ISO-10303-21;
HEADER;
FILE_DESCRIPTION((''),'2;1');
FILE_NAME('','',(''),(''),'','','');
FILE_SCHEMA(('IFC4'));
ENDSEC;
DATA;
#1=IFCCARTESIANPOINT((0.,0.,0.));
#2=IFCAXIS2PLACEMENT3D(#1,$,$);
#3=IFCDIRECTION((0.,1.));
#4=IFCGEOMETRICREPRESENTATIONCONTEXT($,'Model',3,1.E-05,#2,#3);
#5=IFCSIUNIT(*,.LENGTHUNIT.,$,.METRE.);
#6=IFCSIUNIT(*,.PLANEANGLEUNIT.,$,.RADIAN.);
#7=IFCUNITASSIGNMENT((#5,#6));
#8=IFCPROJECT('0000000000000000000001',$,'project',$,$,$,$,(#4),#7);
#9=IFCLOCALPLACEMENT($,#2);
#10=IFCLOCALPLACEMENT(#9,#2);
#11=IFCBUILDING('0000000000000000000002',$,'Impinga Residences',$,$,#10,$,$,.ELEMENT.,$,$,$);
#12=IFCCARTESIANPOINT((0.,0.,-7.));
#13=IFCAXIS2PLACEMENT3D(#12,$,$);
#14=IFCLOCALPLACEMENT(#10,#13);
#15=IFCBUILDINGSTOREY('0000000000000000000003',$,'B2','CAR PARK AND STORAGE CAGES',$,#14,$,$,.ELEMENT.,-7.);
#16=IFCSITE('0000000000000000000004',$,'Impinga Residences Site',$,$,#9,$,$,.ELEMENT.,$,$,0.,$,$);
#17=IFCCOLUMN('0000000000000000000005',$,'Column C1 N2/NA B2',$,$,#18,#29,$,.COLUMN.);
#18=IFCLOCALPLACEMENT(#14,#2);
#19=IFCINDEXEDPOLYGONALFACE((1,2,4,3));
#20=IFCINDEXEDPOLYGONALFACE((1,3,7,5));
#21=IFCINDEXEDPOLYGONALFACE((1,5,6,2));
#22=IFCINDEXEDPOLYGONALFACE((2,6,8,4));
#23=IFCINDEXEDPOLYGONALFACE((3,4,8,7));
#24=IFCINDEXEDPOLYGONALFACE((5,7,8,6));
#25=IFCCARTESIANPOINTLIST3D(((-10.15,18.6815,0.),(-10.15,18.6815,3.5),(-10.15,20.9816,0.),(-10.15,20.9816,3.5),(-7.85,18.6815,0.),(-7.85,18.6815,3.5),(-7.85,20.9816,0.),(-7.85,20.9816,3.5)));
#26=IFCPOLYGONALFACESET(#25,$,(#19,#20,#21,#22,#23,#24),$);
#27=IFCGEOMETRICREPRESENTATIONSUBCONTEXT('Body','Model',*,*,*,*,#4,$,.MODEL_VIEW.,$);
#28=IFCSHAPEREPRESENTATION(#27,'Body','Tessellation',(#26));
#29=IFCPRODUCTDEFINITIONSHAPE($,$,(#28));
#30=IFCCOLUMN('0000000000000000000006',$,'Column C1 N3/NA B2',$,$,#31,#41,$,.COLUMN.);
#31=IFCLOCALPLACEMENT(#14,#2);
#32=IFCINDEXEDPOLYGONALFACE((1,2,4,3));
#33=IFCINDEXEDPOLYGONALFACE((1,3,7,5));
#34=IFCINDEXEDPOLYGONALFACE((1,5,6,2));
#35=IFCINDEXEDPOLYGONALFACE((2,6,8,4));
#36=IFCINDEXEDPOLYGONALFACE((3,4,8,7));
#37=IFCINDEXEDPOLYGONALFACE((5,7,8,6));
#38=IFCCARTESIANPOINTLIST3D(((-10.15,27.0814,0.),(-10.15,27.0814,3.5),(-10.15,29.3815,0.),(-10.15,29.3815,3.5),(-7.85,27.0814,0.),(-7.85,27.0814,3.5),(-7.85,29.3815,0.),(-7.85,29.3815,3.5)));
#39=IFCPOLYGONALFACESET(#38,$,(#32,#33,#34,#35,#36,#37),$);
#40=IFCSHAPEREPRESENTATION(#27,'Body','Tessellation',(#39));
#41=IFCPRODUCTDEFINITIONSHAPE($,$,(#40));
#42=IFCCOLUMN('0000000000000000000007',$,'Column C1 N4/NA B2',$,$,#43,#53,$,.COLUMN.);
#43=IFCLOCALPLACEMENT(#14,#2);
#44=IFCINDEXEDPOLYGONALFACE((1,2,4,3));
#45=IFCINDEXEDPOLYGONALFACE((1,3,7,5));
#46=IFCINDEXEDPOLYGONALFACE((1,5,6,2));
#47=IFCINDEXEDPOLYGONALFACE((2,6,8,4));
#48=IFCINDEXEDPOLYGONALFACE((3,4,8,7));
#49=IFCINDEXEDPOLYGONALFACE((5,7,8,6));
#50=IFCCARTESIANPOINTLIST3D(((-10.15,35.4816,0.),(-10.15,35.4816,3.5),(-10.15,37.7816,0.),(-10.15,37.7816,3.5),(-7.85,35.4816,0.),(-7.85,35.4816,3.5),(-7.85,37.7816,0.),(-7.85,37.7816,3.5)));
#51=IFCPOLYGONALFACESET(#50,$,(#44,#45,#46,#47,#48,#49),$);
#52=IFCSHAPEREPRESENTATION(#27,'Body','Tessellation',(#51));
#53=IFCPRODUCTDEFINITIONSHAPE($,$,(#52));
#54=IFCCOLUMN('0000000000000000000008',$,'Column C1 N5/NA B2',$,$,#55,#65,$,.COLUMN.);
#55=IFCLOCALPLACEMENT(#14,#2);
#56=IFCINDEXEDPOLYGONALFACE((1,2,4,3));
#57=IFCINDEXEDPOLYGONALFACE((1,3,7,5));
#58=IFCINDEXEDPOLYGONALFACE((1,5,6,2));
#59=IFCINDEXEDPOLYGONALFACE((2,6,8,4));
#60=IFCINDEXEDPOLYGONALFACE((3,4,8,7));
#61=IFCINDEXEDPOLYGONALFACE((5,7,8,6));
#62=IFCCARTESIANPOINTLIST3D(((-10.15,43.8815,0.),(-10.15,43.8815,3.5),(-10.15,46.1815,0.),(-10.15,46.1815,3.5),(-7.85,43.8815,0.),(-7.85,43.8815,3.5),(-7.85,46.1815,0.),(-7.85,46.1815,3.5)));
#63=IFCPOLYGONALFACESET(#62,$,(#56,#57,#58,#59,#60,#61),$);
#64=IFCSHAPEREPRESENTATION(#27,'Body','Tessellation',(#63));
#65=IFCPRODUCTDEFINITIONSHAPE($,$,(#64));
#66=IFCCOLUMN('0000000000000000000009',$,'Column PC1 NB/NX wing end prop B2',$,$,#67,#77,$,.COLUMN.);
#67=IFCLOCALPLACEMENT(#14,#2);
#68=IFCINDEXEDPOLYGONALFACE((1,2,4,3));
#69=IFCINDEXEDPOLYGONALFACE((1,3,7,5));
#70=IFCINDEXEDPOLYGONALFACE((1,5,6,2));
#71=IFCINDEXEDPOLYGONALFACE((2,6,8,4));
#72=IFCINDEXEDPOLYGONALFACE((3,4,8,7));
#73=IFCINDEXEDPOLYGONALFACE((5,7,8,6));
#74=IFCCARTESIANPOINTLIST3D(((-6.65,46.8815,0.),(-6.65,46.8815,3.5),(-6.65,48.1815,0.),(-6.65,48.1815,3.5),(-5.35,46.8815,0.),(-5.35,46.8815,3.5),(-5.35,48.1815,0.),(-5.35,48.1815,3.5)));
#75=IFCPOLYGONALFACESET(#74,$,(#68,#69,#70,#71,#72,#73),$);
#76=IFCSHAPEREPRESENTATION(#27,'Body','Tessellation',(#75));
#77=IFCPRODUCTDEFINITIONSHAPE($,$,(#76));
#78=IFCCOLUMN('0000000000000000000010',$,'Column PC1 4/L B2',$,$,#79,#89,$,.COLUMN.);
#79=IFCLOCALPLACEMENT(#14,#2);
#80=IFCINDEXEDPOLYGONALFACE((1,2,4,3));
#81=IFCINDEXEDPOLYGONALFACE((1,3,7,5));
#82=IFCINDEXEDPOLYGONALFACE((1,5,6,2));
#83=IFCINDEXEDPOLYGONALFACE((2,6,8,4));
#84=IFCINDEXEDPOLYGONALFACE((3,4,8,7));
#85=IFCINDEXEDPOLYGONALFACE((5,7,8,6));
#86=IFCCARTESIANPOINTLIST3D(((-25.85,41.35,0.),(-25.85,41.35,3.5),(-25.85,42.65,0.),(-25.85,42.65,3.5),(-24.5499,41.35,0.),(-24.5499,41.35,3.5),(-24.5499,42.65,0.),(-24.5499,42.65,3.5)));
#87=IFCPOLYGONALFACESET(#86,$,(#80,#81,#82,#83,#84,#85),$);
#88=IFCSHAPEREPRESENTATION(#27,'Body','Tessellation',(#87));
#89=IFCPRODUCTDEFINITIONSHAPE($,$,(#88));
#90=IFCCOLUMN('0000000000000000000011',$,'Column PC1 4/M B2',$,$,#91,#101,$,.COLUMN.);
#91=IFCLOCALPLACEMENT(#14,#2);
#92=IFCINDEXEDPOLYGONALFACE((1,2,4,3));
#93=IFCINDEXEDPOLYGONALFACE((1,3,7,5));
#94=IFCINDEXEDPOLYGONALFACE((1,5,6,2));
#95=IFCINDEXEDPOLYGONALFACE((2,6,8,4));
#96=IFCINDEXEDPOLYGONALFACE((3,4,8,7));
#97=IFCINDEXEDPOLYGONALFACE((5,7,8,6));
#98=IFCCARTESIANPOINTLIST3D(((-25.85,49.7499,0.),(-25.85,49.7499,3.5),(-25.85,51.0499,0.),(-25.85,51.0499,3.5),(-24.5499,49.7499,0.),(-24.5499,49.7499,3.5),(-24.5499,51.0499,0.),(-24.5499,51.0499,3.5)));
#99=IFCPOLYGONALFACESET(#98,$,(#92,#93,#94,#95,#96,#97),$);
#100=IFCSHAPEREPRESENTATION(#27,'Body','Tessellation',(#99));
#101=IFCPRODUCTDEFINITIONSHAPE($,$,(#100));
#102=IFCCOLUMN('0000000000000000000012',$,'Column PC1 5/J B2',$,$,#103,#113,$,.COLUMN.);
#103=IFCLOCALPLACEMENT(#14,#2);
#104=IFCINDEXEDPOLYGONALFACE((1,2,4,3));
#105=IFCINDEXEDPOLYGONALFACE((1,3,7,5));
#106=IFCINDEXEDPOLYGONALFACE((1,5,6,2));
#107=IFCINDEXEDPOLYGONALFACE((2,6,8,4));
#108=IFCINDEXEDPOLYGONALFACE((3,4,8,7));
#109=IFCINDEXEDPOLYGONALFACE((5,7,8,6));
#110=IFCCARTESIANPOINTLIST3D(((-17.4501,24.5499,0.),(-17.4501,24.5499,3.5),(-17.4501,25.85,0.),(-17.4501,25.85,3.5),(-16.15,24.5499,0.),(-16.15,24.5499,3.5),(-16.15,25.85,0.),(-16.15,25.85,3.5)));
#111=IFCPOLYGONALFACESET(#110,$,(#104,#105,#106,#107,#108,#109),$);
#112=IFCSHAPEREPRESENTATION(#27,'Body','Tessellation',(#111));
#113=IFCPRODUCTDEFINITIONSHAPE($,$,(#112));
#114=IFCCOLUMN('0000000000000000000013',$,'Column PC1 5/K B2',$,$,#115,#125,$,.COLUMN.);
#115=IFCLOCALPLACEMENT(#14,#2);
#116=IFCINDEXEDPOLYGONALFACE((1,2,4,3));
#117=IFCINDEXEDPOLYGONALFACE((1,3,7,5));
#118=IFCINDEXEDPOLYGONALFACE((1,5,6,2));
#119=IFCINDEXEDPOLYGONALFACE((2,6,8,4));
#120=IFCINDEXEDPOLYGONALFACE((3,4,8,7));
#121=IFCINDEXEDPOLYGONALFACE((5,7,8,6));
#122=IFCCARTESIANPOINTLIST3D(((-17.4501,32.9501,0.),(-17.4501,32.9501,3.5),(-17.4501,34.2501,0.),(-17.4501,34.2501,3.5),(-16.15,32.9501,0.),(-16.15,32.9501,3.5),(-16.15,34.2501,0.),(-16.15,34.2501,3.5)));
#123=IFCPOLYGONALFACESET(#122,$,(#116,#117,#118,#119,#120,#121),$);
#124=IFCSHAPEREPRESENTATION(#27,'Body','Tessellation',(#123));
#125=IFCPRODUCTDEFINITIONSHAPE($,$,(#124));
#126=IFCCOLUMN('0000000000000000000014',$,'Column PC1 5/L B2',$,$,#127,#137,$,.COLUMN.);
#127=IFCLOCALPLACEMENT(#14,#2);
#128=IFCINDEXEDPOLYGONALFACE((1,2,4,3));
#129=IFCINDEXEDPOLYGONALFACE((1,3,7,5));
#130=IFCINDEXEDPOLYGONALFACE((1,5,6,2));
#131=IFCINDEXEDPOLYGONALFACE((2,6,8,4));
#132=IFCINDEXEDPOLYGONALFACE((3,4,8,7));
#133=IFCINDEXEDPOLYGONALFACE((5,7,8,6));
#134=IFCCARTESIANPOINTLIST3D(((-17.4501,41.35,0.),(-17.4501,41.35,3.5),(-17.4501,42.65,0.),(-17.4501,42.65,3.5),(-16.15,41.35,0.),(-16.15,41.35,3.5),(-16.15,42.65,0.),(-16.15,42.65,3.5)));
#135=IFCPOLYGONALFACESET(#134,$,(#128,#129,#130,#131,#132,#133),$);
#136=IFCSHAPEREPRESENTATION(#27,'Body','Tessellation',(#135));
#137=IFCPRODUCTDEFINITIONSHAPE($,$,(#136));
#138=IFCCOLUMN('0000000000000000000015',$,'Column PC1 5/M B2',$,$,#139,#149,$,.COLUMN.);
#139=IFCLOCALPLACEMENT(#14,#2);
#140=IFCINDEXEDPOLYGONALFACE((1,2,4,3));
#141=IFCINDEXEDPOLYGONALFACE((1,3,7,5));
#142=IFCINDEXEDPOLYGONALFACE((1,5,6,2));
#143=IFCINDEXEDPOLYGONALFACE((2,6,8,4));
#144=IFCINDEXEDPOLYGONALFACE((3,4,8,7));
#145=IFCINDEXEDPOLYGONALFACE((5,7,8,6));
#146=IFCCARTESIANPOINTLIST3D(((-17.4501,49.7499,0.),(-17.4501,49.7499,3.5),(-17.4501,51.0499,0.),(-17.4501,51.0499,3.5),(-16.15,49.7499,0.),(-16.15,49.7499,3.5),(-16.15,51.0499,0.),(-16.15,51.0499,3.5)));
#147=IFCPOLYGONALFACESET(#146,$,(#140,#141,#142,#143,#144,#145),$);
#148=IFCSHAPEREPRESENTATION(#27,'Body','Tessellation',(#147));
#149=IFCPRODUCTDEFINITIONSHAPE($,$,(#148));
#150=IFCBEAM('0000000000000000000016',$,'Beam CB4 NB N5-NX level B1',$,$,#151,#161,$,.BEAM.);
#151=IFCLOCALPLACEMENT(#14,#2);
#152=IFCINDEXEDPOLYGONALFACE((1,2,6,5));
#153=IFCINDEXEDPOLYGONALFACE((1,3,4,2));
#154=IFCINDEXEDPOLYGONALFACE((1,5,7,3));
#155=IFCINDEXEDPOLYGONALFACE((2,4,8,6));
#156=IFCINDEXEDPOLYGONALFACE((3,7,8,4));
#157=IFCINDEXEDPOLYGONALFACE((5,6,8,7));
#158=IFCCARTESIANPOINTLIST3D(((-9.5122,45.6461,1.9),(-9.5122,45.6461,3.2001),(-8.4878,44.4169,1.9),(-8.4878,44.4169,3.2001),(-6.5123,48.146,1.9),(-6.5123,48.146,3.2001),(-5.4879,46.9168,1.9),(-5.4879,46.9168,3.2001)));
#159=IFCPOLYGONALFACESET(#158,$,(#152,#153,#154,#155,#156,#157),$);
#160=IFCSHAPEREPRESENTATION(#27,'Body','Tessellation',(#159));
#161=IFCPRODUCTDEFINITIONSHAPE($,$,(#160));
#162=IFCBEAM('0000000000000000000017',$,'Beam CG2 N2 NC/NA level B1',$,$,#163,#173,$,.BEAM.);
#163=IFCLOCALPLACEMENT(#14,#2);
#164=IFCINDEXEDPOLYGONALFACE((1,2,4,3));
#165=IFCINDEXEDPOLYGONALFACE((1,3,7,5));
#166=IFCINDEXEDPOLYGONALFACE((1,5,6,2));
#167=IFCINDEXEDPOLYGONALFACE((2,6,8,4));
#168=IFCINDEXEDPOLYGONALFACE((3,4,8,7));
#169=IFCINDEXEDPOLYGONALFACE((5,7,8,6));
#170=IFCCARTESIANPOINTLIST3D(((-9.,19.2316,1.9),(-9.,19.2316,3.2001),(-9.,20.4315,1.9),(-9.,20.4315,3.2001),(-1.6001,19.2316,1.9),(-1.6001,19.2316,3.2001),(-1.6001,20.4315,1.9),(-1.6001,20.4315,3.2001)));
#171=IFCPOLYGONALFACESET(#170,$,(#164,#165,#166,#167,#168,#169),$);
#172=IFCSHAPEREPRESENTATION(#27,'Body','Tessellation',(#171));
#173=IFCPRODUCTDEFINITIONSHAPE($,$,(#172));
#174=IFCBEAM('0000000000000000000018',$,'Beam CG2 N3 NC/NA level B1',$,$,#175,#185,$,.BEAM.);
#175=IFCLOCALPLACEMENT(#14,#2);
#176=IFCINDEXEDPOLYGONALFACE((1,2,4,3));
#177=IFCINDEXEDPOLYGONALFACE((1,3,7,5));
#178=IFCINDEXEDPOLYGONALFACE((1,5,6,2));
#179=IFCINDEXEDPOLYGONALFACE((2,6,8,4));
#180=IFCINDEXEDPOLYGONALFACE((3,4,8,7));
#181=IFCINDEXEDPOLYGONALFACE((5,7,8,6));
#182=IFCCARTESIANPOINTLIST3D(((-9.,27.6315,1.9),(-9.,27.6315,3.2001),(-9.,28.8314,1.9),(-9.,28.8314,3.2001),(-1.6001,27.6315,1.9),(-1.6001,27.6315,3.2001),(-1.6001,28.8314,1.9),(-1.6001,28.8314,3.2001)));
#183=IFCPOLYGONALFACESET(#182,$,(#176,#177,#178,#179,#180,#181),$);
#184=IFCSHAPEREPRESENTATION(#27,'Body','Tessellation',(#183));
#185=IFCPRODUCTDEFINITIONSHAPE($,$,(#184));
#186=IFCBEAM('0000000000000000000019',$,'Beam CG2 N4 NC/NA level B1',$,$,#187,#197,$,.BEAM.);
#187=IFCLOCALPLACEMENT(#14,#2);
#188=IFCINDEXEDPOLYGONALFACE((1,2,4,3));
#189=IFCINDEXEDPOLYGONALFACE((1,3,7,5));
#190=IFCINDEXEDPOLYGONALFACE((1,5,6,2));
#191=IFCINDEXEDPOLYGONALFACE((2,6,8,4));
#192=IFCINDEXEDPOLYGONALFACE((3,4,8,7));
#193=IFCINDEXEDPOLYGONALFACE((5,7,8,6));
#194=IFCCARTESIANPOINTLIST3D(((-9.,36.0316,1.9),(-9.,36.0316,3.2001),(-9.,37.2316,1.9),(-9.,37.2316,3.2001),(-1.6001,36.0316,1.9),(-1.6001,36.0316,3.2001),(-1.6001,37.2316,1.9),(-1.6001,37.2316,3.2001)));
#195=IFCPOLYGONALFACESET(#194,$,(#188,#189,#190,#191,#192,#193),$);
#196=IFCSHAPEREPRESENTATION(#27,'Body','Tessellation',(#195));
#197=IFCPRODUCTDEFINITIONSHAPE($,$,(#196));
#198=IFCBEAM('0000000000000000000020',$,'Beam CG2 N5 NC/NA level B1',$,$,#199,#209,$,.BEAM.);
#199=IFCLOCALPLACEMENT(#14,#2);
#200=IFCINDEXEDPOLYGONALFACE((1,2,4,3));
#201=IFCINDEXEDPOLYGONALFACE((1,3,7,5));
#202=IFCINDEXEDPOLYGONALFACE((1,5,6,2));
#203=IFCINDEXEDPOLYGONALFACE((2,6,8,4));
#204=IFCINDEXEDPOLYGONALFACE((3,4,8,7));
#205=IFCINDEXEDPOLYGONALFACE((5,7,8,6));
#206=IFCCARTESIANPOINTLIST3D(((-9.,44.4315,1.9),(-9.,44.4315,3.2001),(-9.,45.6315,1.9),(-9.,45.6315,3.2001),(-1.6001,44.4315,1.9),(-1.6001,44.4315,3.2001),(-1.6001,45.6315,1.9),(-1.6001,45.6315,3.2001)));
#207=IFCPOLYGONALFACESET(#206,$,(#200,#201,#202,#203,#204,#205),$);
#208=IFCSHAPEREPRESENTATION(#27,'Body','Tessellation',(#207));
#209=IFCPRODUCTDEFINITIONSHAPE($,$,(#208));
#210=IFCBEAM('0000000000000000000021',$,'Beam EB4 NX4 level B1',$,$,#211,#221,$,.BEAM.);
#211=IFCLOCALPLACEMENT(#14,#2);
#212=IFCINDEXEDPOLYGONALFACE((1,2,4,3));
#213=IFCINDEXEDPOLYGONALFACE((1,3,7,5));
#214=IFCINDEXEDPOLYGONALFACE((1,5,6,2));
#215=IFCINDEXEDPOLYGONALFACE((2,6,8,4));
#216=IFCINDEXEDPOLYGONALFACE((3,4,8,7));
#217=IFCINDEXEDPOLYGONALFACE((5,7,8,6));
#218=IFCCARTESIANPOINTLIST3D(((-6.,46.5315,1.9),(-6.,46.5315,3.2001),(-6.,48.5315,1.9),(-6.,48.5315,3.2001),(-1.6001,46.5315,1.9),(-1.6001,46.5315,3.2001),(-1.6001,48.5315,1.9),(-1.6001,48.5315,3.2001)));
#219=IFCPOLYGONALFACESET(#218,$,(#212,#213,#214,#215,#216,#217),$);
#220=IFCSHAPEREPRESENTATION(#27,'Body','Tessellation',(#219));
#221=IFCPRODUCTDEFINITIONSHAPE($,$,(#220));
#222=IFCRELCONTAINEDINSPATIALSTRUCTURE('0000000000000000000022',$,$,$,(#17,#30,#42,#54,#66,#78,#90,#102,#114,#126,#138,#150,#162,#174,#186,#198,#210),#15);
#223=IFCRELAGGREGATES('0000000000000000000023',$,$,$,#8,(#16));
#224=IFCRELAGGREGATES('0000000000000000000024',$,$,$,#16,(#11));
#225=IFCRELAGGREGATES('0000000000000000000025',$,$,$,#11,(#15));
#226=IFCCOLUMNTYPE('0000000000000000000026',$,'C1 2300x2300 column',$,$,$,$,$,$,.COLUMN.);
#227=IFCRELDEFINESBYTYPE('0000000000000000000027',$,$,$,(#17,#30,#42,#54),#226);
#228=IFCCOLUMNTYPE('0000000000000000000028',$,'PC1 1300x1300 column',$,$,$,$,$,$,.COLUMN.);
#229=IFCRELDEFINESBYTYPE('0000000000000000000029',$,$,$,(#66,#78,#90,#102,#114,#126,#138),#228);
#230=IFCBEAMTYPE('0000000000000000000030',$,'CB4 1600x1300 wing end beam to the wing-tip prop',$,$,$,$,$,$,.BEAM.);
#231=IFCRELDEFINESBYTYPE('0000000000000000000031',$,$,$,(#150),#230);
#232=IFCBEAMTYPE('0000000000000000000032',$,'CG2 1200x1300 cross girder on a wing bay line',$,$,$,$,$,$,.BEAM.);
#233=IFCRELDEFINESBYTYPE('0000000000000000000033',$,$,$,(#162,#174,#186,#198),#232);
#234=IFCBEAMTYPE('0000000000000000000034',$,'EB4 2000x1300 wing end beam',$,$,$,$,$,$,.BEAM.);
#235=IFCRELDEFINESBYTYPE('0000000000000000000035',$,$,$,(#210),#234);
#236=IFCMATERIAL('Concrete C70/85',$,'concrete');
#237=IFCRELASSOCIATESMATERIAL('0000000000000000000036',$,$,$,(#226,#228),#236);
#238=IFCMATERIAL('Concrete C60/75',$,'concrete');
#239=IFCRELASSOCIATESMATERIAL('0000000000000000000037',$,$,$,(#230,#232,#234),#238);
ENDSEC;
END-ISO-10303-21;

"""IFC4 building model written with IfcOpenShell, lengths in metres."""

from ifc_helpers import new_model, si_unit, direction, frame, origin, origin_2d, place, context, subcontext, project, spatial, rectangle, extrude, material, material_profile, profile_set, type_object, element, save


model = new_model("IFC4")

# Units and contexts
model_context = context("Model", 3, precision=1e-05, world=origin(), true_north=direction((0.0, 1.0)))
body_context = subcontext(model_context, "Body", "Model", "MODEL_VIEW")
ifc_project = project(units=[si_unit("LENGTHUNIT", "METRE"), si_unit("PLANEANGLEUNIT", "RADIAN")], contexts=[model_context])

# Site, building, storey
site_placement = place(None, origin())
site = spatial("IfcSite", under=ifc_project, at=site_placement, Name="Impinga Residences Site", CompositionType="ELEMENT", RefElevation=0.0)
building_placement = place(site_placement, origin())
building = spatial("IfcBuilding", under=site, at=building_placement, Name="Impinga Residences", CompositionType="ELEMENT")
storey_placement = place(building_placement, frame((0.0, 0.0, -7.0)))
storey = spatial("IfcBuildingStorey", under=building, at=storey_placement, Name="B2", Description="CAR PARK AND STORAGE CAGES", CompositionType="ELEMENT", Elevation=-7.0)

# Columns
ifc_material_1 = material(Name="Concrete C70/85", Category="concrete")
ifc_material_profile_1 = material_profile(ifc_material_1, rectangle(XDim=2.3, YDim=2.3, at=origin_2d()), Name="RC 2300x2300")
ifc_profile_set_1 = profile_set([ifc_material_profile_1], Name="Concrete C70/85")
column_type_1 = type_object("IfcColumnType", Name="C1 2300x2300 column", PredefinedType="COLUMN", material=ifc_profile_set_1)
for number, where, z_axis, x_axis, name in (
    (1, (-9.0, 19.8315, 0.0), (0.0, 0.0, 1.0), (1.0, 0.0, 0.0), "Column C1 N2/NA B2"),
    (2, (-9.0, 28.2314, 0.0), (0.0, 0.0, 1.0), (1.0, 0.0, 0.0), "Column C1 N3/NA B2"),
    (3, (-9.0, 36.6316, 0.0), (0.0, 0.0, 1.0), (1.0, 0.0, 0.0), "Column C1 N4/NA B2"),
    (4, (-9.0, 45.0315, 0.0), (0.0, 0.0, 1.0), (1.0, 0.0, 0.0), "Column C1 N5/NA B2"),
):
    element("IfcColumn", number, at=place(storey_placement, frame(where, z_axis=z_axis, x_axis=x_axis)), inside=storey, type_object=column_type_1, Name=name, PredefinedType="COLUMN", context=body_context, shape_type="SweptSolid", body=[
        extrude(rectangle(XDim=2.3, YDim=2.3, at=origin_2d()), origin(), (0.0, 0.0, 1.0), 3.5),
    ])
ifc_material_profile_2 = material_profile(ifc_material_1, rectangle(XDim=1.3, YDim=1.3, at=origin_2d()), Name="RC 1300x1300")
ifc_profile_set_2 = profile_set([ifc_material_profile_2], Name="Concrete C70/85")
column_type_2 = type_object("IfcColumnType", Name="PC1 1300x1300 column", PredefinedType="COLUMN", material=ifc_profile_set_2)
for number, where, z_axis, x_axis, name in (
    (5, (-6.0, 47.5315, 0.0), (0.0, 0.0, 1.0), (1.0, 0.0, 0.0), "Column PC1 NB/NX wing end prop B2"),
    (6, (-25.2, 42.0, 0.0), (0.0, 0.0, 1.0), (1.0, 0.0, 0.0), "Column PC1 4/L B2"),
    (7, (-25.2, 50.3999, 0.0), (0.0, 0.0, 1.0), (1.0, 0.0, 0.0), "Column PC1 4/M B2"),
    (8, (-16.8, 25.2, 0.0), (0.0, 0.0, 1.0), (1.0, 0.0, 0.0), "Column PC1 5/J B2"),
    (9, (-16.8, 33.6001, 0.0), (0.0, 0.0, 1.0), (1.0, 0.0, 0.0), "Column PC1 5/K B2"),
    (10, (-16.8, 42.0, 0.0), (0.0, 0.0, 1.0), (1.0, 0.0, 0.0), "Column PC1 5/L B2"),
    (11, (-16.8, 50.3999, 0.0), (0.0, 0.0, 1.0), (1.0, 0.0, 0.0), "Column PC1 5/M B2"),
):
    element("IfcColumn", number, at=place(storey_placement, frame(where, z_axis=z_axis, x_axis=x_axis)), inside=storey, type_object=column_type_2, Name=name, PredefinedType="COLUMN", context=body_context, shape_type="SweptSolid", body=[
        extrude(rectangle(XDim=1.3, YDim=1.3, at=origin_2d()), origin(), (0.0, 0.0, 1.0), 3.5),
    ])

# Beams
ifc_material_2 = material(Name="Concrete C60/75", Category="concrete")
ifc_material_profile_3 = material_profile(ifc_material_2, rectangle(XDim=1.6001, YDim=1.3, at=origin_2d()), Name="RC 1600x1300")
ifc_profile_set_3 = profile_set([ifc_material_profile_3], Name="Concrete C60/75")
beam_type_1 = type_object("IfcBeamType", Name="CB4 1600x1300 wing end beam to the wing-tip prop", PredefinedType="BEAM", material=ifc_profile_set_3)
beam_1_placement = place(storey_placement, frame((-9.0, 45.0315, 2.55), z_axis=(0.768221, 0.640184, 0.0), x_axis=(-0.640184, 0.768221, 0.0)))
element("IfcBeam", 12, at=beam_1_placement, inside=storey, type_object=beam_type_1, Name="Beam CB4 NB N5-NX level B1", PredefinedType="BEAM", context=body_context, shape_type="SweptSolid", body=[
    extrude(rectangle(XDim=1.6001, YDim=1.3, at=origin_2d()), origin(), (0.0, 0.0, 1.0), 3.905),
])
ifc_material_profile_4 = material_profile(ifc_material_2, rectangle(XDim=1.2, YDim=1.3, at=origin_2d()), Name="RC 1200x1300")
ifc_profile_set_4 = profile_set([ifc_material_profile_4], Name="Concrete C60/75")
beam_type_2 = type_object("IfcBeamType", Name="CG2 1200x1300 cross girder on a wing bay line", PredefinedType="BEAM", material=ifc_profile_set_4)
for number, where, z_axis, x_axis, name in (
    (13, (-1.6001, 19.8315, 2.55), (-1.0, 0.0, 0.0), (0.0, -1.0, 0.0), "Beam CG2 N2 NC/NA level B1"),
    (14, (-1.6001, 28.2314, 2.55), (-1.0, 0.0, 0.0), (0.0, -1.0, 0.0), "Beam CG2 N3 NC/NA level B1"),
    (15, (-1.6001, 36.6316, 2.55), (-1.0, 0.0, 0.0), (0.0, -1.0, 0.0), "Beam CG2 N4 NC/NA level B1"),
    (16, (-1.6001, 45.0315, 2.55), (-1.0, 0.0, 0.0), (0.0, -1.0, 0.0), "Beam CG2 N5 NC/NA level B1"),
):
    element("IfcBeam", number, at=place(storey_placement, frame(where, z_axis=z_axis, x_axis=x_axis)), inside=storey, type_object=beam_type_2, Name=name, PredefinedType="BEAM", context=body_context, shape_type="SweptSolid", body=[
        extrude(rectangle(XDim=1.2, YDim=1.3, at=origin_2d()), origin(), (0.0, 0.0, 1.0), 7.3999),
    ])
ifc_material_profile_5 = material_profile(ifc_material_2, rectangle(XDim=2.0, YDim=1.3, at=origin_2d()), Name="RC 2000x1300")
ifc_profile_set_5 = profile_set([ifc_material_profile_5], Name="Concrete C60/75")
beam_type_3 = type_object("IfcBeamType", Name="EB4 2000x1300 wing end beam", PredefinedType="BEAM", material=ifc_profile_set_5)
beam_2_placement = place(storey_placement, frame((-6.0, 47.5315, 2.55), z_axis=(1.0, 0.0, 0.0), x_axis=(0.0, 1.0, 0.0)))
element("IfcBeam", 17, at=beam_2_placement, inside=storey, type_object=beam_type_3, Name="Beam EB4 NX4 level B1", PredefinedType="BEAM", context=body_context, shape_type="SweptSolid", body=[
    extrude(rectangle(XDim=2.0, YDim=1.3, at=origin_2d()), origin(), (0.0, 0.0, 1.0), 4.3999),
])

save(model, "model.ifc")
